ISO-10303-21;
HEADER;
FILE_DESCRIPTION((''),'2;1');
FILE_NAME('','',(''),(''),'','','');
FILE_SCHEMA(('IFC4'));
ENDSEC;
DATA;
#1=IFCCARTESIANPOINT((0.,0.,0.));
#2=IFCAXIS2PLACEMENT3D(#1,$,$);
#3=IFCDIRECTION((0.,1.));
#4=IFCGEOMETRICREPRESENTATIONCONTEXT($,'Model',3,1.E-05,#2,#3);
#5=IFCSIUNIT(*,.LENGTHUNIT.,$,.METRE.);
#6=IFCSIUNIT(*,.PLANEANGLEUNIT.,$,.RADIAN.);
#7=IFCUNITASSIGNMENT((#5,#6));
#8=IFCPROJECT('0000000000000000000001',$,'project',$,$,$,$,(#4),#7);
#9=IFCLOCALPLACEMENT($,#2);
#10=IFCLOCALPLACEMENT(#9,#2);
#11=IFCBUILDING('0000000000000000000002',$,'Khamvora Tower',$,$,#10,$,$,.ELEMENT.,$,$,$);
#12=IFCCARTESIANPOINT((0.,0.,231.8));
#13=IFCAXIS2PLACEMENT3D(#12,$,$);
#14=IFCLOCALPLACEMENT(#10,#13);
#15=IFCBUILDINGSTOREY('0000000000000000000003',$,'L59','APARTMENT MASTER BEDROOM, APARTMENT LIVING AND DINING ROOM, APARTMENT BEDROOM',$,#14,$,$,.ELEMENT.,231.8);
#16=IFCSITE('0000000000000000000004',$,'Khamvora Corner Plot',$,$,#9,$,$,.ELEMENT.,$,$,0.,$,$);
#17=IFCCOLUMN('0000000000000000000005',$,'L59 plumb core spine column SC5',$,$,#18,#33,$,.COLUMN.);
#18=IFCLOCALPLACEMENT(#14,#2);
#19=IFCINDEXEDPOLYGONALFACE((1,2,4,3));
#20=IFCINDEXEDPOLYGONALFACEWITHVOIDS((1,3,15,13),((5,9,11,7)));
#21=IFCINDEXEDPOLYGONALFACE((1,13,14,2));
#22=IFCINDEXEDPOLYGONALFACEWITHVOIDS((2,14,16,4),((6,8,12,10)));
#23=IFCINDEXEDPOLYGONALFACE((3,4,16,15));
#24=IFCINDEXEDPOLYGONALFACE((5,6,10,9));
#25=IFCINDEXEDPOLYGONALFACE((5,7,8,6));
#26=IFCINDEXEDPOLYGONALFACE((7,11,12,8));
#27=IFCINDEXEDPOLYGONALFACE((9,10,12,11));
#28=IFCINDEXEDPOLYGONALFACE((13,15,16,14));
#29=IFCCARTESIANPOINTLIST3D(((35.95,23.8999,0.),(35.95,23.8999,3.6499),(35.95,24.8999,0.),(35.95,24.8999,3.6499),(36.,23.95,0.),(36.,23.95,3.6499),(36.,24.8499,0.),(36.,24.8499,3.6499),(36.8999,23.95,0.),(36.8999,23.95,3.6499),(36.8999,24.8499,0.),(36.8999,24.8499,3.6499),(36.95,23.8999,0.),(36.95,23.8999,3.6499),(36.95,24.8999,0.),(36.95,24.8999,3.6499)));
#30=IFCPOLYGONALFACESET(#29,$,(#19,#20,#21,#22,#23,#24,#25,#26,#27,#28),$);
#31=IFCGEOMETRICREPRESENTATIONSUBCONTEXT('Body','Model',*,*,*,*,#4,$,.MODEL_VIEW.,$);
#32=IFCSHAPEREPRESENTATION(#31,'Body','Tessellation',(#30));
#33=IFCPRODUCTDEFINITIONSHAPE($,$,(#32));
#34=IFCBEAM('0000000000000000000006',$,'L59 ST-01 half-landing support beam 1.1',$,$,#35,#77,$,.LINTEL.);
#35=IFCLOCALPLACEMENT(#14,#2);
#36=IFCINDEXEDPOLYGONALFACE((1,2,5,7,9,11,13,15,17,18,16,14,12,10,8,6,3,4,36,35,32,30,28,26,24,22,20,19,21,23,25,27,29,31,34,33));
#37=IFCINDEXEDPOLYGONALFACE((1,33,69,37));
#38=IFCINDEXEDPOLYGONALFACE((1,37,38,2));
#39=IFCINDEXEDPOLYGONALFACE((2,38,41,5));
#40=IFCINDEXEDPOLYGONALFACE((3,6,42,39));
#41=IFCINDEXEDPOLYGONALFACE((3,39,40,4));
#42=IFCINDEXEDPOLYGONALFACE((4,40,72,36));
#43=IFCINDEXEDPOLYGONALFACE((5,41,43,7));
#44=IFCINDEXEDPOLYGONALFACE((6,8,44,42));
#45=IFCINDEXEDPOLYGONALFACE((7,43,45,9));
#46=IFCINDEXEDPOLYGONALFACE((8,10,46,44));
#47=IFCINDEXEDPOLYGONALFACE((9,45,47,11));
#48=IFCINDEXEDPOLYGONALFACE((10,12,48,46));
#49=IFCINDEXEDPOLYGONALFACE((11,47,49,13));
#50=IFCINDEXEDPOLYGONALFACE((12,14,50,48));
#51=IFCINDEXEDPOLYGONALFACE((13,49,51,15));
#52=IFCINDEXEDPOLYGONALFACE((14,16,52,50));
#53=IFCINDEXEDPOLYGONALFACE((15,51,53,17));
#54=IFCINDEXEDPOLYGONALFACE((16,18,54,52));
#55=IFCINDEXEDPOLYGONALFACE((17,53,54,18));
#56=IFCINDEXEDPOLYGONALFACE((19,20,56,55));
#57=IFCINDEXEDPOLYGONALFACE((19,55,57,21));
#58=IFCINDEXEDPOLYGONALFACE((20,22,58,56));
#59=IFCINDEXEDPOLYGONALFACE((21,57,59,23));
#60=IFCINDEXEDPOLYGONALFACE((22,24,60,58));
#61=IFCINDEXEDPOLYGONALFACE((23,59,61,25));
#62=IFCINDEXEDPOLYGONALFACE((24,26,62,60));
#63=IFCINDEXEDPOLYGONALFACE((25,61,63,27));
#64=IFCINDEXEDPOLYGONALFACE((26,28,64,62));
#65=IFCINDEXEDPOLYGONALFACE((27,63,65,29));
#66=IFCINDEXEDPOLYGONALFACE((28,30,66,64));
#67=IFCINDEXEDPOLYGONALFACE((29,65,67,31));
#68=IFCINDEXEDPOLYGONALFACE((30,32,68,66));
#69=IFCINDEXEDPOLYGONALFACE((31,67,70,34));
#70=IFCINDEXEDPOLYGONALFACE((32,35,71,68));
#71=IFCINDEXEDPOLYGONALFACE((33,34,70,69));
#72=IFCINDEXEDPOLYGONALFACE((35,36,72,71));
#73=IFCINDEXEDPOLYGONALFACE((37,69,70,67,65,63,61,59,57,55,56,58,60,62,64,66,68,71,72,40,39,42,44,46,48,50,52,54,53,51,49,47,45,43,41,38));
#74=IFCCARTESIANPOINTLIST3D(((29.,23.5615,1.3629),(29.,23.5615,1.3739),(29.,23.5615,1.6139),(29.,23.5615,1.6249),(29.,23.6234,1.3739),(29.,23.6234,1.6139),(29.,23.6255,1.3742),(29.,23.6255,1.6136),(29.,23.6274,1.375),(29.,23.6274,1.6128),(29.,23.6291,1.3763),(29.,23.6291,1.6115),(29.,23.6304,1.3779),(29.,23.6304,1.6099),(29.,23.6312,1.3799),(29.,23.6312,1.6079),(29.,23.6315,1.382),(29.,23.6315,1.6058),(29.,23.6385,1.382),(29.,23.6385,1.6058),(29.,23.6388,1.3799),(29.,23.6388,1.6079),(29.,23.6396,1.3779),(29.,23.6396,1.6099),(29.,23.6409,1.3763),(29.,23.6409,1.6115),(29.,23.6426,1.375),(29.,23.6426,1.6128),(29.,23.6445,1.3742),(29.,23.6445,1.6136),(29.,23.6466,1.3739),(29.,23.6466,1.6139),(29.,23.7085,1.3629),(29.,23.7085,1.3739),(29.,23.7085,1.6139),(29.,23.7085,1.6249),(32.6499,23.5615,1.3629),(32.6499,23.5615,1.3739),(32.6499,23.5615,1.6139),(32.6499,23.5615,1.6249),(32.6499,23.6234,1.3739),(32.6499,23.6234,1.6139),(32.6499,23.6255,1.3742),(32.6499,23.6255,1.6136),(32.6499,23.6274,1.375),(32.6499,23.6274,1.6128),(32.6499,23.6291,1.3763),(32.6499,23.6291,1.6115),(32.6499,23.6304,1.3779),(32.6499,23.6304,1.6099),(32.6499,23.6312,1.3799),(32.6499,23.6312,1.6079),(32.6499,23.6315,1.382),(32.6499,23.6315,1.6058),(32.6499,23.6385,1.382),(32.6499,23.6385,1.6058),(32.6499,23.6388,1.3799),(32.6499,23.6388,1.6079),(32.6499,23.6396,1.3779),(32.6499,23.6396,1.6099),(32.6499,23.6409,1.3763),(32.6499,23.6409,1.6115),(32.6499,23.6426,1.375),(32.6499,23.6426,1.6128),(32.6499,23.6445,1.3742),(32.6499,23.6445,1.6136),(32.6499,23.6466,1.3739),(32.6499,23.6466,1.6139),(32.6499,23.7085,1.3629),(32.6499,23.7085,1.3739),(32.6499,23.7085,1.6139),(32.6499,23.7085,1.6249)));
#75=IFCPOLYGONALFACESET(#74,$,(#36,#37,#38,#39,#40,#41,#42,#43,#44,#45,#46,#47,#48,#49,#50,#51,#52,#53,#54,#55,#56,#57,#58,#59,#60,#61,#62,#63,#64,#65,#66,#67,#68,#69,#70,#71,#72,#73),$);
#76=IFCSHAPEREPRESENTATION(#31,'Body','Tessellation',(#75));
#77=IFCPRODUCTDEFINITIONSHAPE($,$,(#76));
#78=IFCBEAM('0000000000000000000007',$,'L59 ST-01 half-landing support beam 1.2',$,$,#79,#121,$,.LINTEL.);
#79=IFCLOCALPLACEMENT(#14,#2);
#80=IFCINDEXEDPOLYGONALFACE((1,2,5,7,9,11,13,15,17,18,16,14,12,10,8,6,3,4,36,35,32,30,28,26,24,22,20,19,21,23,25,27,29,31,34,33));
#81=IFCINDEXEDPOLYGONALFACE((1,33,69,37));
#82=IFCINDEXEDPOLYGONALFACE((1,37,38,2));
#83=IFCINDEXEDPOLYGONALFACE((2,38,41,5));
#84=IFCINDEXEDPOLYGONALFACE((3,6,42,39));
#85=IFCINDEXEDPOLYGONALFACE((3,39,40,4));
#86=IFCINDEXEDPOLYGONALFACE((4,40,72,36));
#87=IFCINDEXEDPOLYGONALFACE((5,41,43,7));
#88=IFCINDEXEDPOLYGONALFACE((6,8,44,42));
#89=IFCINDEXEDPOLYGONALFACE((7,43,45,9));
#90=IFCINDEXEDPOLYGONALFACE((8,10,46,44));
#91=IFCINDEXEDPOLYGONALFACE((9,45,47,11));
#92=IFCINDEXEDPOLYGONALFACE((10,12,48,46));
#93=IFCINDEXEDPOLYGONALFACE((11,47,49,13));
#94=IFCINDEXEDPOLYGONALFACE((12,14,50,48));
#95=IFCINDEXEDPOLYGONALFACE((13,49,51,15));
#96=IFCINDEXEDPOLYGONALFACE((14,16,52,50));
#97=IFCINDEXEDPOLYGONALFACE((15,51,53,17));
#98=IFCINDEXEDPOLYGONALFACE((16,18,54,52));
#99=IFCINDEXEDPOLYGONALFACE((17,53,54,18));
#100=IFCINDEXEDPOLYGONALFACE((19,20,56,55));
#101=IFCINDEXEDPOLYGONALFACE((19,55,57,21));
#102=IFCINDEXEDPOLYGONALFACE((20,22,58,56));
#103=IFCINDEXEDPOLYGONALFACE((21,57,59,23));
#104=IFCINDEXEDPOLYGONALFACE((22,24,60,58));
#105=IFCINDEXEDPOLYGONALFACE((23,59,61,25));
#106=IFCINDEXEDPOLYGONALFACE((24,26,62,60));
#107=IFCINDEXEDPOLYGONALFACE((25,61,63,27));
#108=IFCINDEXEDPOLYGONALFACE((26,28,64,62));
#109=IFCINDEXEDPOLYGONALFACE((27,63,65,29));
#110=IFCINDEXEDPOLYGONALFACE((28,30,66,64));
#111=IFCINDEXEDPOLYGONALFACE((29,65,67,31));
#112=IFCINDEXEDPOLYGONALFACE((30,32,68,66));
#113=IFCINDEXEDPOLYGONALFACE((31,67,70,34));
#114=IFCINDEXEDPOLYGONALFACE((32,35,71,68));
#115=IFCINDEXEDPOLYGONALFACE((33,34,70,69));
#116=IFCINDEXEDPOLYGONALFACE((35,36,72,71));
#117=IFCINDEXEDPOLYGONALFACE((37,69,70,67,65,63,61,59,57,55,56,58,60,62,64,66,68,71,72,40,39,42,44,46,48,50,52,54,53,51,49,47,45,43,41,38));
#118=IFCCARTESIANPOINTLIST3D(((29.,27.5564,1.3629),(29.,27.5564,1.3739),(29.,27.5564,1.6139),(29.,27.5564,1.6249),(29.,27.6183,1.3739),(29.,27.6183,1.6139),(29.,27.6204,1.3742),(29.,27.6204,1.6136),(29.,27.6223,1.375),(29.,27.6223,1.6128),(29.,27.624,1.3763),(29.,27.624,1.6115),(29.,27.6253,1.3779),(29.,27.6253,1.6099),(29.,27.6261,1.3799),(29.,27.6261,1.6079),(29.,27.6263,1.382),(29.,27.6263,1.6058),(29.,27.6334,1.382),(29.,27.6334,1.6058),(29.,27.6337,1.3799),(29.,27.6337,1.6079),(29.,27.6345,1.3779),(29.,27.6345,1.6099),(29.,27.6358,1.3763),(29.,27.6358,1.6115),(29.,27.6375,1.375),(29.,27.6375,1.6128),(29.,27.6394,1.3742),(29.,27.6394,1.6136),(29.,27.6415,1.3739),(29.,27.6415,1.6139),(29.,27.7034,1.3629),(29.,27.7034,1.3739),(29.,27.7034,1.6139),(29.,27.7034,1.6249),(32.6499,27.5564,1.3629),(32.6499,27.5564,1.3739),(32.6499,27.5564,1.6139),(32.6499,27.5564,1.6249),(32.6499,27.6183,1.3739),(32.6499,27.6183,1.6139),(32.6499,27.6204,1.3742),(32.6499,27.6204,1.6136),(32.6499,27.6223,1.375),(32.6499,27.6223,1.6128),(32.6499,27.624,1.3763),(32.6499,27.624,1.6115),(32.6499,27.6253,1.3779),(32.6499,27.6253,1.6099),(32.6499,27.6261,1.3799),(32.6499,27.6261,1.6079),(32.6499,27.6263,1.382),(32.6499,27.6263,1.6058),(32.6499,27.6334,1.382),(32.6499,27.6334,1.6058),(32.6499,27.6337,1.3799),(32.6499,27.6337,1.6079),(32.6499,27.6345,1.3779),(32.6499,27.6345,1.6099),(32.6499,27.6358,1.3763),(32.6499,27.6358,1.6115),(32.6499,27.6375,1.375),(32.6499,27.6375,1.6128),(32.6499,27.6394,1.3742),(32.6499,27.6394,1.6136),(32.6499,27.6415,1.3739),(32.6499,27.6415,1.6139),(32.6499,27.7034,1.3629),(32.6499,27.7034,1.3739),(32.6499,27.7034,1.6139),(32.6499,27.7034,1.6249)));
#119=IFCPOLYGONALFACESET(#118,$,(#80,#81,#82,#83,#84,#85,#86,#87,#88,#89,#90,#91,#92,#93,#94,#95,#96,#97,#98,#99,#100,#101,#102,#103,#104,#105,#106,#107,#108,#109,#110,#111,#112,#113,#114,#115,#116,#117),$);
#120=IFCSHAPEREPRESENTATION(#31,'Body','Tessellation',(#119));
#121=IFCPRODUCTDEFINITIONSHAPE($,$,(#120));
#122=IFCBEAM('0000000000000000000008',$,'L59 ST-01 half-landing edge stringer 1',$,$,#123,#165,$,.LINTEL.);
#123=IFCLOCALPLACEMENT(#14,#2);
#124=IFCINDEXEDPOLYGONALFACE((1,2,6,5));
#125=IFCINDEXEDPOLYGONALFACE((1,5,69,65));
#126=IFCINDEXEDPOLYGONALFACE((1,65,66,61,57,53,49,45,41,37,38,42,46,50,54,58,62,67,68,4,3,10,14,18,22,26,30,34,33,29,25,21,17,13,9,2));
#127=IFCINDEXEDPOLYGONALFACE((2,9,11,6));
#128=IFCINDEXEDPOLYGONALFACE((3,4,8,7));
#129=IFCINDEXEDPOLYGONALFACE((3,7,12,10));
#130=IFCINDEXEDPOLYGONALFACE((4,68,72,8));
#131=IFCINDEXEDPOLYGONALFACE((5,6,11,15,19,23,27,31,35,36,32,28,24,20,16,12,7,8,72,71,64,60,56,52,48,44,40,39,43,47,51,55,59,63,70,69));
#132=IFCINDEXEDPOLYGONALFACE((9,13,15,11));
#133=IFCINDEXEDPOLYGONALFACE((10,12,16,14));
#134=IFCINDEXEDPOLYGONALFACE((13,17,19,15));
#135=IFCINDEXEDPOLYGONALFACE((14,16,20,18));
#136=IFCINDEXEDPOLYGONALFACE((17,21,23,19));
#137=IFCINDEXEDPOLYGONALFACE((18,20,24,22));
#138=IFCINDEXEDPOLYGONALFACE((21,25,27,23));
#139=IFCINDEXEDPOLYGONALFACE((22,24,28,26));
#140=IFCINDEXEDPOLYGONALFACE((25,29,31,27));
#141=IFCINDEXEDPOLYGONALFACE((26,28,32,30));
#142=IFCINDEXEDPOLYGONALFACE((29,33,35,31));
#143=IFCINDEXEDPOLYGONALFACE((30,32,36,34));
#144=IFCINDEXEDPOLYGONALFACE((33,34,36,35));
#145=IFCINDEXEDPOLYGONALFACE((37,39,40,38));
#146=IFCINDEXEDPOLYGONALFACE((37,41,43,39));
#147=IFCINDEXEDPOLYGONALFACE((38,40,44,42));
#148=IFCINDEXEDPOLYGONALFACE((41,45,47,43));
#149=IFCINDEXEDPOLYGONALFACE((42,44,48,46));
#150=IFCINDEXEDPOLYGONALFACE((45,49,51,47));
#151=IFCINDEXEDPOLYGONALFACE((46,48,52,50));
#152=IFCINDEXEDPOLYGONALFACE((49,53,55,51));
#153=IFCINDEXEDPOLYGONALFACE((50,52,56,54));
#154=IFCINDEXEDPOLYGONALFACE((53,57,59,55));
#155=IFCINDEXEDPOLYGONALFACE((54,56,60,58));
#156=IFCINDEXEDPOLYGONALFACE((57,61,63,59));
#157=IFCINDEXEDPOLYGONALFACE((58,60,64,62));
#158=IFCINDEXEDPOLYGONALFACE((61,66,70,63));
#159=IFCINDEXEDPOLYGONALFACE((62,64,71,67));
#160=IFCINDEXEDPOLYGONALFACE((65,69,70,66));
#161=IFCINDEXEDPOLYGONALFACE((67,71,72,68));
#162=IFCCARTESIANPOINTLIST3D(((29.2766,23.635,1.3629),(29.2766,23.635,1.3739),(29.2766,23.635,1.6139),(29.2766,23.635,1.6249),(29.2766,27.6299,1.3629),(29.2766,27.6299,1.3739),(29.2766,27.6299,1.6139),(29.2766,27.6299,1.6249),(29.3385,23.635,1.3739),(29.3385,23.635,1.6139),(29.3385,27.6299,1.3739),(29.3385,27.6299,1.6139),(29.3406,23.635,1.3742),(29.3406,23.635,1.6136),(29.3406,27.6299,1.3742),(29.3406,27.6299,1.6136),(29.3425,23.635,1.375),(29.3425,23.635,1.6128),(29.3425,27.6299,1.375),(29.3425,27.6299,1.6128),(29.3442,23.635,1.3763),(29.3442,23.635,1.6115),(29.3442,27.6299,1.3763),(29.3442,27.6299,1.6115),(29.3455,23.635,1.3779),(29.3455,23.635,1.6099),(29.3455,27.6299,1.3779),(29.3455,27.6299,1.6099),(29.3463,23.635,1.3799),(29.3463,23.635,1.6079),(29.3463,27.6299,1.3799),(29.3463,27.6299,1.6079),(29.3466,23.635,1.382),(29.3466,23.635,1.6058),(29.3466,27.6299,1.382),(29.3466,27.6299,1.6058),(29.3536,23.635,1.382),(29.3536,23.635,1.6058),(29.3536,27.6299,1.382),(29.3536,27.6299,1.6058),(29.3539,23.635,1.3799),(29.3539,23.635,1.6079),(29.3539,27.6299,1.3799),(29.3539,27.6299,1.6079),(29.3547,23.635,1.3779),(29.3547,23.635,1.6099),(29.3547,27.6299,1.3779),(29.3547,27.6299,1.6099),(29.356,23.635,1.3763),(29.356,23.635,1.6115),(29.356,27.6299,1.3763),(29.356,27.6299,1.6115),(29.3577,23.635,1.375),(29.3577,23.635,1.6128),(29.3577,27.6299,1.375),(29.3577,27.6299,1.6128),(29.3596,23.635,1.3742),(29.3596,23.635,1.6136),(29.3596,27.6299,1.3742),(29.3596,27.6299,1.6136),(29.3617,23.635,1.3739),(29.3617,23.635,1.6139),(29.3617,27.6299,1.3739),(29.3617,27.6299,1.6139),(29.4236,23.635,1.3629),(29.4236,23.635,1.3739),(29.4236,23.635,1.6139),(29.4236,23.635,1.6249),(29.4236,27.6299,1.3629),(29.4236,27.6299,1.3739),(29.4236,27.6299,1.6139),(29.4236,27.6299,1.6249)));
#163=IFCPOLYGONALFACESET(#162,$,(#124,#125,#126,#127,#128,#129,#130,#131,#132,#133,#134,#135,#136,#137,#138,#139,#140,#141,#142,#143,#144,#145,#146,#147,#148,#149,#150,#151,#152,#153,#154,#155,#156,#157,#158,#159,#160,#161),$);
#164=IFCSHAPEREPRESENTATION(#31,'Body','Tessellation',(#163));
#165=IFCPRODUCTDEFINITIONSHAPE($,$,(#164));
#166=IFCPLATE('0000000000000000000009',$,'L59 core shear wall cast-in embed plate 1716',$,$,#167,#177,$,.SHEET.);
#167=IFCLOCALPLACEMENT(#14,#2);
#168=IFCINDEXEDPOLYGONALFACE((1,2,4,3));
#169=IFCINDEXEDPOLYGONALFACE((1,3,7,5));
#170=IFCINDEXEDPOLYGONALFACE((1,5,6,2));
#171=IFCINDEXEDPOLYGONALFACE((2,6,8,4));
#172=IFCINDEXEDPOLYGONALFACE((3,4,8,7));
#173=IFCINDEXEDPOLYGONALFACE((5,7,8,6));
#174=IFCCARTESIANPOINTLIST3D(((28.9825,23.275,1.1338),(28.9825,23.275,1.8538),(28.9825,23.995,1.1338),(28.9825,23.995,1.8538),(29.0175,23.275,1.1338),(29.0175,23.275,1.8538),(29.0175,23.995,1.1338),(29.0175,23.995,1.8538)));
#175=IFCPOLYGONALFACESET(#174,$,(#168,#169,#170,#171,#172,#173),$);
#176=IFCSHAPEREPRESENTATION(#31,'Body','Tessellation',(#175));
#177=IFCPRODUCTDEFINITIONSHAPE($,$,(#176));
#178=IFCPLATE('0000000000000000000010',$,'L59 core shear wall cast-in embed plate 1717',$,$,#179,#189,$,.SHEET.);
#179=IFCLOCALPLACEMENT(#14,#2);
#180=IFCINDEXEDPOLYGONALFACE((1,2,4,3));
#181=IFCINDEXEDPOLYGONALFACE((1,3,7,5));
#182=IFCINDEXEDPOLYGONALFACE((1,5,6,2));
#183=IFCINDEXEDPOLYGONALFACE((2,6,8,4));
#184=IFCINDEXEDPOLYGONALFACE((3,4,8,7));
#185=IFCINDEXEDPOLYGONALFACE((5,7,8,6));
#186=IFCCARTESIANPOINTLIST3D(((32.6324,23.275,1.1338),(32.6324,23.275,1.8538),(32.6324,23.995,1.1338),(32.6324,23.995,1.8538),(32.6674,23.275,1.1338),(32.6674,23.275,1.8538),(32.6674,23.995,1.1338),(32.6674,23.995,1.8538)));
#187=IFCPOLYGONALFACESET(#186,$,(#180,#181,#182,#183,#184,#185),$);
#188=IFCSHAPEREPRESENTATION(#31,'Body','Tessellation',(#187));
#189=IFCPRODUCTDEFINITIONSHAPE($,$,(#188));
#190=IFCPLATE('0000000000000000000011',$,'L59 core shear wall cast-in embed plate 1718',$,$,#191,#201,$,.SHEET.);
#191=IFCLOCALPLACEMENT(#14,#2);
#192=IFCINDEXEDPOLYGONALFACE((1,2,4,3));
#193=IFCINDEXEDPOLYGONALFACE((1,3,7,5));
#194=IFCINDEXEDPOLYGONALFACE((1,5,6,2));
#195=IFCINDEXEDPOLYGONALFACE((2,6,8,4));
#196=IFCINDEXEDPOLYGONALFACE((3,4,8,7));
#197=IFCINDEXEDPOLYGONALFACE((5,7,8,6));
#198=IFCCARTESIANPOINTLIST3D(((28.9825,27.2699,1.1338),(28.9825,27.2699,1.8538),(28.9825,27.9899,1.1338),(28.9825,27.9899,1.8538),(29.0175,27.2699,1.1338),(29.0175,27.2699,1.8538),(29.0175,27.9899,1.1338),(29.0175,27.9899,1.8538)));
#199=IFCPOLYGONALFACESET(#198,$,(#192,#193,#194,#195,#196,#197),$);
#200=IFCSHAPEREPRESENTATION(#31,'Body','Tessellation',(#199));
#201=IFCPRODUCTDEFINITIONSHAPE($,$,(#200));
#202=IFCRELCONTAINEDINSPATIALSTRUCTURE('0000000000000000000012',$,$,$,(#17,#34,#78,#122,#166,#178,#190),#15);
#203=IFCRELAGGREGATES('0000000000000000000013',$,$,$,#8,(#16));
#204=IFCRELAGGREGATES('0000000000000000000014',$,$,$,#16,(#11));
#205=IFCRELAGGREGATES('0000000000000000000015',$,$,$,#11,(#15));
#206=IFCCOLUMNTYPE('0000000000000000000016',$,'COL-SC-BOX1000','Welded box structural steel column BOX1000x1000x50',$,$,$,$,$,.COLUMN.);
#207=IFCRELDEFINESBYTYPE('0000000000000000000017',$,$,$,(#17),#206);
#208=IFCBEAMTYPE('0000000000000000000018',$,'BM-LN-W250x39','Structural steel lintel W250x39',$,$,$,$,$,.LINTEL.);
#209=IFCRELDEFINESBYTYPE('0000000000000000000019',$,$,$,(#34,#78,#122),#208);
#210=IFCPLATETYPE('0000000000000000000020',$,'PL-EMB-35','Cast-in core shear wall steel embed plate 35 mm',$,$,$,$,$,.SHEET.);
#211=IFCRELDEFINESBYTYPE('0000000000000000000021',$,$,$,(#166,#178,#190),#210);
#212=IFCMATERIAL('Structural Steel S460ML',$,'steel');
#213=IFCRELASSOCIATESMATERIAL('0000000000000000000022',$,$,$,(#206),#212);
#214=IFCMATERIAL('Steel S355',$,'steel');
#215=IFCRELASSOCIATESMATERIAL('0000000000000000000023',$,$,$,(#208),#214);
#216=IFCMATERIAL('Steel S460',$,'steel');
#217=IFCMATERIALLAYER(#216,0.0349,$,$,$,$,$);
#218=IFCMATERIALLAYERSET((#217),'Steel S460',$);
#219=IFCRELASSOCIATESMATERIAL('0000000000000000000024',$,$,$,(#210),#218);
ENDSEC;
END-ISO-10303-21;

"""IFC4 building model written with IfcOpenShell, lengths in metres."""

from ifc_helpers import new_model, si_unit, direction, frame, origin, origin_2d, place, context, subcontext, project, spatial, rectangle, hollow_rectangle, i_section, extrude, material, layer, layer_set, material_profile, profile_set, type_object, element, save


model = new_model("IFC4")

# Units and contexts
model_context = context("Model", 3, precision=1e-05, world=origin(), true_north=direction((0.0, 1.0)))
body_context = subcontext(model_context, "Body", "Model", "MODEL_VIEW")
ifc_project = project(units=[si_unit("LENGTHUNIT", "METRE"), si_unit("PLANEANGLEUNIT", "RADIAN")], contexts=[model_context])

# Site, building, storey
site_placement = place(None, origin())
site = spatial("IfcSite", under=ifc_project, at=site_placement, Name="Khamvora Corner Plot", CompositionType="ELEMENT", RefElevation=0.0)
building_placement = place(site_placement, origin())
building = spatial("IfcBuilding", under=site, at=building_placement, Name="Khamvora Tower", CompositionType="ELEMENT")
storey_placement = place(building_placement, frame((0.0, 0.0, 231.8)))
storey = spatial("IfcBuildingStorey", under=building, at=storey_placement, Name="L59", Description="APARTMENT MASTER BEDROOM, APARTMENT LIVING AND DINING ROOM, APARTMENT BEDROOM", CompositionType="ELEMENT", Elevation=231.8)

# Column
ifc_material_1 = material(Name="Structural Steel S460ML", Category="steel")
ifc_material_profile_1 = material_profile(ifc_material_1, hollow_rectangle(XDim=1.0, YDim=1.0, WallThickness=0.05, at=origin_2d()), Name="BOX1000x1000x50")
ifc_profile_set_1 = profile_set([ifc_material_profile_1], Name="Structural Steel S460ML")
column_type = type_object("IfcColumnType", Name="COL-SC-BOX1000", Description="Welded box structural steel column BOX1000x1000x50", PredefinedType="COLUMN", material=ifc_profile_set_1)
column_placement = place(storey_placement, frame((36.45, 24.3999, 0.0), z_axis=(0.0, 0.0, 1.0), x_axis=(1.0, 0.0, 0.0)))
element("IfcColumn", 1, at=column_placement, inside=storey, type_object=column_type, Name="L59 plumb core spine column SC5", PredefinedType="COLUMN", context=body_context, shape_type="SweptSolid", body=[
    extrude(hollow_rectangle(XDim=1.0, YDim=1.0, WallThickness=0.05, at=origin_2d()), origin(), (0.0, 0.0, 1.0), 3.6499),
])

# Beams
ifc_material_2 = material(Name="Steel S355", Category="steel")
ifc_material_profile_2 = material_profile(ifc_material_2, i_section(OverallWidth=0.147, OverallDepth=0.262, WebThickness=0.0071, FlangeThickness=0.011, FilletRadius=0.0081, at=origin_2d()), Name="W250x39")
ifc_profile_set_2 = profile_set([ifc_material_profile_2], Name="Steel S355")
beam_type = type_object("IfcBeamType", Name="BM-LN-W250x39", Description="Structural steel lintel W250x39", PredefinedType="LINTEL", material=ifc_profile_set_2)
for number, where, z_axis, x_axis, name in (
    (2, (29.0, 23.635, 1.4939), (1.0, 0.0, 0.0), (0.0, 1.0, 0.0), "L59 ST-01 half-landing support beam 1.1"),
    (3, (29.0, 27.6299, 1.4939), (1.0, 0.0, 0.0), (0.0, 1.0, 0.0), "L59 ST-01 half-landing support beam 1.2"),
):
    element("IfcBeam", number, at=place(storey_placement, frame(where, z_axis=z_axis, x_axis=x_axis)), inside=storey, type_object=beam_type, Name=name, PredefinedType="LINTEL", context=body_context, shape_type="SweptSolid", body=[
        extrude(i_section(OverallWidth=0.147, OverallDepth=0.262, WebThickness=0.0071, FlangeThickness=0.011, FilletRadius=0.0081, at=origin_2d()), origin(), (0.0, 0.0, 1.0), 3.6499),
    ])
beam_placement = place(storey_placement, frame((29.3501, 23.635, 1.4939), z_axis=(0.0, 1.0, 0.0), x_axis=(-1.0, 0.0, 0.0)))
element("IfcBeam", 4, at=beam_placement, inside=storey, type_object=beam_type, Name="L59 ST-01 half-landing edge stringer 1", PredefinedType="LINTEL", context=body_context, shape_type="SweptSolid", body=[
    extrude(i_section(OverallWidth=0.147, OverallDepth=0.262, WebThickness=0.0071, FlangeThickness=0.011, FilletRadius=0.0081, at=origin_2d()), origin(), (0.0, 0.0, 1.0), 3.9949),
])

# Plates
ifc_material_3 = material(Name="Steel S460", Category="steel")
ifc_layer_1 = layer(ifc_material_3, 0.0349)
ifc_layer_set_1 = layer_set([ifc_layer_1], Name="Steel S460")
plate_type = type_object("IfcPlateType", Name="PL-EMB-35", Description="Cast-in core shear wall steel embed plate 35 mm", PredefinedType="SHEET", material=ifc_layer_set_1)
for number, where, z_axis, x_axis, name in (
    (5, (29.0, 23.635, 1.1338), (0.0, 0.0, 1.0), (1.0, 0.0, 0.0), "L59 core shear wall cast-in embed plate 1716"),
    (6, (32.6499, 23.635, 1.1338), (0.0, 0.0, 1.0), (1.0, 0.0, 0.0), "L59 core shear wall cast-in embed plate 1717"),
    (7, (29.0, 27.6299, 1.1338), (0.0, 0.0, 1.0), (1.0, 0.0, 0.0), "L59 core shear wall cast-in embed plate 1718"),
):
    element("IfcPlate", number, at=place(storey_placement, frame(where, z_axis=z_axis, x_axis=x_axis)), inside=storey, type_object=plate_type, Name=name, PredefinedType="SHEET", context=body_context, shape_type="SweptSolid", body=[
        extrude(rectangle(XDim=0.0349, YDim=0.72, at=origin_2d()), origin(), (0.0, 0.0, 1.0), 0.72),
    ])

save(model, "model.ifc")
